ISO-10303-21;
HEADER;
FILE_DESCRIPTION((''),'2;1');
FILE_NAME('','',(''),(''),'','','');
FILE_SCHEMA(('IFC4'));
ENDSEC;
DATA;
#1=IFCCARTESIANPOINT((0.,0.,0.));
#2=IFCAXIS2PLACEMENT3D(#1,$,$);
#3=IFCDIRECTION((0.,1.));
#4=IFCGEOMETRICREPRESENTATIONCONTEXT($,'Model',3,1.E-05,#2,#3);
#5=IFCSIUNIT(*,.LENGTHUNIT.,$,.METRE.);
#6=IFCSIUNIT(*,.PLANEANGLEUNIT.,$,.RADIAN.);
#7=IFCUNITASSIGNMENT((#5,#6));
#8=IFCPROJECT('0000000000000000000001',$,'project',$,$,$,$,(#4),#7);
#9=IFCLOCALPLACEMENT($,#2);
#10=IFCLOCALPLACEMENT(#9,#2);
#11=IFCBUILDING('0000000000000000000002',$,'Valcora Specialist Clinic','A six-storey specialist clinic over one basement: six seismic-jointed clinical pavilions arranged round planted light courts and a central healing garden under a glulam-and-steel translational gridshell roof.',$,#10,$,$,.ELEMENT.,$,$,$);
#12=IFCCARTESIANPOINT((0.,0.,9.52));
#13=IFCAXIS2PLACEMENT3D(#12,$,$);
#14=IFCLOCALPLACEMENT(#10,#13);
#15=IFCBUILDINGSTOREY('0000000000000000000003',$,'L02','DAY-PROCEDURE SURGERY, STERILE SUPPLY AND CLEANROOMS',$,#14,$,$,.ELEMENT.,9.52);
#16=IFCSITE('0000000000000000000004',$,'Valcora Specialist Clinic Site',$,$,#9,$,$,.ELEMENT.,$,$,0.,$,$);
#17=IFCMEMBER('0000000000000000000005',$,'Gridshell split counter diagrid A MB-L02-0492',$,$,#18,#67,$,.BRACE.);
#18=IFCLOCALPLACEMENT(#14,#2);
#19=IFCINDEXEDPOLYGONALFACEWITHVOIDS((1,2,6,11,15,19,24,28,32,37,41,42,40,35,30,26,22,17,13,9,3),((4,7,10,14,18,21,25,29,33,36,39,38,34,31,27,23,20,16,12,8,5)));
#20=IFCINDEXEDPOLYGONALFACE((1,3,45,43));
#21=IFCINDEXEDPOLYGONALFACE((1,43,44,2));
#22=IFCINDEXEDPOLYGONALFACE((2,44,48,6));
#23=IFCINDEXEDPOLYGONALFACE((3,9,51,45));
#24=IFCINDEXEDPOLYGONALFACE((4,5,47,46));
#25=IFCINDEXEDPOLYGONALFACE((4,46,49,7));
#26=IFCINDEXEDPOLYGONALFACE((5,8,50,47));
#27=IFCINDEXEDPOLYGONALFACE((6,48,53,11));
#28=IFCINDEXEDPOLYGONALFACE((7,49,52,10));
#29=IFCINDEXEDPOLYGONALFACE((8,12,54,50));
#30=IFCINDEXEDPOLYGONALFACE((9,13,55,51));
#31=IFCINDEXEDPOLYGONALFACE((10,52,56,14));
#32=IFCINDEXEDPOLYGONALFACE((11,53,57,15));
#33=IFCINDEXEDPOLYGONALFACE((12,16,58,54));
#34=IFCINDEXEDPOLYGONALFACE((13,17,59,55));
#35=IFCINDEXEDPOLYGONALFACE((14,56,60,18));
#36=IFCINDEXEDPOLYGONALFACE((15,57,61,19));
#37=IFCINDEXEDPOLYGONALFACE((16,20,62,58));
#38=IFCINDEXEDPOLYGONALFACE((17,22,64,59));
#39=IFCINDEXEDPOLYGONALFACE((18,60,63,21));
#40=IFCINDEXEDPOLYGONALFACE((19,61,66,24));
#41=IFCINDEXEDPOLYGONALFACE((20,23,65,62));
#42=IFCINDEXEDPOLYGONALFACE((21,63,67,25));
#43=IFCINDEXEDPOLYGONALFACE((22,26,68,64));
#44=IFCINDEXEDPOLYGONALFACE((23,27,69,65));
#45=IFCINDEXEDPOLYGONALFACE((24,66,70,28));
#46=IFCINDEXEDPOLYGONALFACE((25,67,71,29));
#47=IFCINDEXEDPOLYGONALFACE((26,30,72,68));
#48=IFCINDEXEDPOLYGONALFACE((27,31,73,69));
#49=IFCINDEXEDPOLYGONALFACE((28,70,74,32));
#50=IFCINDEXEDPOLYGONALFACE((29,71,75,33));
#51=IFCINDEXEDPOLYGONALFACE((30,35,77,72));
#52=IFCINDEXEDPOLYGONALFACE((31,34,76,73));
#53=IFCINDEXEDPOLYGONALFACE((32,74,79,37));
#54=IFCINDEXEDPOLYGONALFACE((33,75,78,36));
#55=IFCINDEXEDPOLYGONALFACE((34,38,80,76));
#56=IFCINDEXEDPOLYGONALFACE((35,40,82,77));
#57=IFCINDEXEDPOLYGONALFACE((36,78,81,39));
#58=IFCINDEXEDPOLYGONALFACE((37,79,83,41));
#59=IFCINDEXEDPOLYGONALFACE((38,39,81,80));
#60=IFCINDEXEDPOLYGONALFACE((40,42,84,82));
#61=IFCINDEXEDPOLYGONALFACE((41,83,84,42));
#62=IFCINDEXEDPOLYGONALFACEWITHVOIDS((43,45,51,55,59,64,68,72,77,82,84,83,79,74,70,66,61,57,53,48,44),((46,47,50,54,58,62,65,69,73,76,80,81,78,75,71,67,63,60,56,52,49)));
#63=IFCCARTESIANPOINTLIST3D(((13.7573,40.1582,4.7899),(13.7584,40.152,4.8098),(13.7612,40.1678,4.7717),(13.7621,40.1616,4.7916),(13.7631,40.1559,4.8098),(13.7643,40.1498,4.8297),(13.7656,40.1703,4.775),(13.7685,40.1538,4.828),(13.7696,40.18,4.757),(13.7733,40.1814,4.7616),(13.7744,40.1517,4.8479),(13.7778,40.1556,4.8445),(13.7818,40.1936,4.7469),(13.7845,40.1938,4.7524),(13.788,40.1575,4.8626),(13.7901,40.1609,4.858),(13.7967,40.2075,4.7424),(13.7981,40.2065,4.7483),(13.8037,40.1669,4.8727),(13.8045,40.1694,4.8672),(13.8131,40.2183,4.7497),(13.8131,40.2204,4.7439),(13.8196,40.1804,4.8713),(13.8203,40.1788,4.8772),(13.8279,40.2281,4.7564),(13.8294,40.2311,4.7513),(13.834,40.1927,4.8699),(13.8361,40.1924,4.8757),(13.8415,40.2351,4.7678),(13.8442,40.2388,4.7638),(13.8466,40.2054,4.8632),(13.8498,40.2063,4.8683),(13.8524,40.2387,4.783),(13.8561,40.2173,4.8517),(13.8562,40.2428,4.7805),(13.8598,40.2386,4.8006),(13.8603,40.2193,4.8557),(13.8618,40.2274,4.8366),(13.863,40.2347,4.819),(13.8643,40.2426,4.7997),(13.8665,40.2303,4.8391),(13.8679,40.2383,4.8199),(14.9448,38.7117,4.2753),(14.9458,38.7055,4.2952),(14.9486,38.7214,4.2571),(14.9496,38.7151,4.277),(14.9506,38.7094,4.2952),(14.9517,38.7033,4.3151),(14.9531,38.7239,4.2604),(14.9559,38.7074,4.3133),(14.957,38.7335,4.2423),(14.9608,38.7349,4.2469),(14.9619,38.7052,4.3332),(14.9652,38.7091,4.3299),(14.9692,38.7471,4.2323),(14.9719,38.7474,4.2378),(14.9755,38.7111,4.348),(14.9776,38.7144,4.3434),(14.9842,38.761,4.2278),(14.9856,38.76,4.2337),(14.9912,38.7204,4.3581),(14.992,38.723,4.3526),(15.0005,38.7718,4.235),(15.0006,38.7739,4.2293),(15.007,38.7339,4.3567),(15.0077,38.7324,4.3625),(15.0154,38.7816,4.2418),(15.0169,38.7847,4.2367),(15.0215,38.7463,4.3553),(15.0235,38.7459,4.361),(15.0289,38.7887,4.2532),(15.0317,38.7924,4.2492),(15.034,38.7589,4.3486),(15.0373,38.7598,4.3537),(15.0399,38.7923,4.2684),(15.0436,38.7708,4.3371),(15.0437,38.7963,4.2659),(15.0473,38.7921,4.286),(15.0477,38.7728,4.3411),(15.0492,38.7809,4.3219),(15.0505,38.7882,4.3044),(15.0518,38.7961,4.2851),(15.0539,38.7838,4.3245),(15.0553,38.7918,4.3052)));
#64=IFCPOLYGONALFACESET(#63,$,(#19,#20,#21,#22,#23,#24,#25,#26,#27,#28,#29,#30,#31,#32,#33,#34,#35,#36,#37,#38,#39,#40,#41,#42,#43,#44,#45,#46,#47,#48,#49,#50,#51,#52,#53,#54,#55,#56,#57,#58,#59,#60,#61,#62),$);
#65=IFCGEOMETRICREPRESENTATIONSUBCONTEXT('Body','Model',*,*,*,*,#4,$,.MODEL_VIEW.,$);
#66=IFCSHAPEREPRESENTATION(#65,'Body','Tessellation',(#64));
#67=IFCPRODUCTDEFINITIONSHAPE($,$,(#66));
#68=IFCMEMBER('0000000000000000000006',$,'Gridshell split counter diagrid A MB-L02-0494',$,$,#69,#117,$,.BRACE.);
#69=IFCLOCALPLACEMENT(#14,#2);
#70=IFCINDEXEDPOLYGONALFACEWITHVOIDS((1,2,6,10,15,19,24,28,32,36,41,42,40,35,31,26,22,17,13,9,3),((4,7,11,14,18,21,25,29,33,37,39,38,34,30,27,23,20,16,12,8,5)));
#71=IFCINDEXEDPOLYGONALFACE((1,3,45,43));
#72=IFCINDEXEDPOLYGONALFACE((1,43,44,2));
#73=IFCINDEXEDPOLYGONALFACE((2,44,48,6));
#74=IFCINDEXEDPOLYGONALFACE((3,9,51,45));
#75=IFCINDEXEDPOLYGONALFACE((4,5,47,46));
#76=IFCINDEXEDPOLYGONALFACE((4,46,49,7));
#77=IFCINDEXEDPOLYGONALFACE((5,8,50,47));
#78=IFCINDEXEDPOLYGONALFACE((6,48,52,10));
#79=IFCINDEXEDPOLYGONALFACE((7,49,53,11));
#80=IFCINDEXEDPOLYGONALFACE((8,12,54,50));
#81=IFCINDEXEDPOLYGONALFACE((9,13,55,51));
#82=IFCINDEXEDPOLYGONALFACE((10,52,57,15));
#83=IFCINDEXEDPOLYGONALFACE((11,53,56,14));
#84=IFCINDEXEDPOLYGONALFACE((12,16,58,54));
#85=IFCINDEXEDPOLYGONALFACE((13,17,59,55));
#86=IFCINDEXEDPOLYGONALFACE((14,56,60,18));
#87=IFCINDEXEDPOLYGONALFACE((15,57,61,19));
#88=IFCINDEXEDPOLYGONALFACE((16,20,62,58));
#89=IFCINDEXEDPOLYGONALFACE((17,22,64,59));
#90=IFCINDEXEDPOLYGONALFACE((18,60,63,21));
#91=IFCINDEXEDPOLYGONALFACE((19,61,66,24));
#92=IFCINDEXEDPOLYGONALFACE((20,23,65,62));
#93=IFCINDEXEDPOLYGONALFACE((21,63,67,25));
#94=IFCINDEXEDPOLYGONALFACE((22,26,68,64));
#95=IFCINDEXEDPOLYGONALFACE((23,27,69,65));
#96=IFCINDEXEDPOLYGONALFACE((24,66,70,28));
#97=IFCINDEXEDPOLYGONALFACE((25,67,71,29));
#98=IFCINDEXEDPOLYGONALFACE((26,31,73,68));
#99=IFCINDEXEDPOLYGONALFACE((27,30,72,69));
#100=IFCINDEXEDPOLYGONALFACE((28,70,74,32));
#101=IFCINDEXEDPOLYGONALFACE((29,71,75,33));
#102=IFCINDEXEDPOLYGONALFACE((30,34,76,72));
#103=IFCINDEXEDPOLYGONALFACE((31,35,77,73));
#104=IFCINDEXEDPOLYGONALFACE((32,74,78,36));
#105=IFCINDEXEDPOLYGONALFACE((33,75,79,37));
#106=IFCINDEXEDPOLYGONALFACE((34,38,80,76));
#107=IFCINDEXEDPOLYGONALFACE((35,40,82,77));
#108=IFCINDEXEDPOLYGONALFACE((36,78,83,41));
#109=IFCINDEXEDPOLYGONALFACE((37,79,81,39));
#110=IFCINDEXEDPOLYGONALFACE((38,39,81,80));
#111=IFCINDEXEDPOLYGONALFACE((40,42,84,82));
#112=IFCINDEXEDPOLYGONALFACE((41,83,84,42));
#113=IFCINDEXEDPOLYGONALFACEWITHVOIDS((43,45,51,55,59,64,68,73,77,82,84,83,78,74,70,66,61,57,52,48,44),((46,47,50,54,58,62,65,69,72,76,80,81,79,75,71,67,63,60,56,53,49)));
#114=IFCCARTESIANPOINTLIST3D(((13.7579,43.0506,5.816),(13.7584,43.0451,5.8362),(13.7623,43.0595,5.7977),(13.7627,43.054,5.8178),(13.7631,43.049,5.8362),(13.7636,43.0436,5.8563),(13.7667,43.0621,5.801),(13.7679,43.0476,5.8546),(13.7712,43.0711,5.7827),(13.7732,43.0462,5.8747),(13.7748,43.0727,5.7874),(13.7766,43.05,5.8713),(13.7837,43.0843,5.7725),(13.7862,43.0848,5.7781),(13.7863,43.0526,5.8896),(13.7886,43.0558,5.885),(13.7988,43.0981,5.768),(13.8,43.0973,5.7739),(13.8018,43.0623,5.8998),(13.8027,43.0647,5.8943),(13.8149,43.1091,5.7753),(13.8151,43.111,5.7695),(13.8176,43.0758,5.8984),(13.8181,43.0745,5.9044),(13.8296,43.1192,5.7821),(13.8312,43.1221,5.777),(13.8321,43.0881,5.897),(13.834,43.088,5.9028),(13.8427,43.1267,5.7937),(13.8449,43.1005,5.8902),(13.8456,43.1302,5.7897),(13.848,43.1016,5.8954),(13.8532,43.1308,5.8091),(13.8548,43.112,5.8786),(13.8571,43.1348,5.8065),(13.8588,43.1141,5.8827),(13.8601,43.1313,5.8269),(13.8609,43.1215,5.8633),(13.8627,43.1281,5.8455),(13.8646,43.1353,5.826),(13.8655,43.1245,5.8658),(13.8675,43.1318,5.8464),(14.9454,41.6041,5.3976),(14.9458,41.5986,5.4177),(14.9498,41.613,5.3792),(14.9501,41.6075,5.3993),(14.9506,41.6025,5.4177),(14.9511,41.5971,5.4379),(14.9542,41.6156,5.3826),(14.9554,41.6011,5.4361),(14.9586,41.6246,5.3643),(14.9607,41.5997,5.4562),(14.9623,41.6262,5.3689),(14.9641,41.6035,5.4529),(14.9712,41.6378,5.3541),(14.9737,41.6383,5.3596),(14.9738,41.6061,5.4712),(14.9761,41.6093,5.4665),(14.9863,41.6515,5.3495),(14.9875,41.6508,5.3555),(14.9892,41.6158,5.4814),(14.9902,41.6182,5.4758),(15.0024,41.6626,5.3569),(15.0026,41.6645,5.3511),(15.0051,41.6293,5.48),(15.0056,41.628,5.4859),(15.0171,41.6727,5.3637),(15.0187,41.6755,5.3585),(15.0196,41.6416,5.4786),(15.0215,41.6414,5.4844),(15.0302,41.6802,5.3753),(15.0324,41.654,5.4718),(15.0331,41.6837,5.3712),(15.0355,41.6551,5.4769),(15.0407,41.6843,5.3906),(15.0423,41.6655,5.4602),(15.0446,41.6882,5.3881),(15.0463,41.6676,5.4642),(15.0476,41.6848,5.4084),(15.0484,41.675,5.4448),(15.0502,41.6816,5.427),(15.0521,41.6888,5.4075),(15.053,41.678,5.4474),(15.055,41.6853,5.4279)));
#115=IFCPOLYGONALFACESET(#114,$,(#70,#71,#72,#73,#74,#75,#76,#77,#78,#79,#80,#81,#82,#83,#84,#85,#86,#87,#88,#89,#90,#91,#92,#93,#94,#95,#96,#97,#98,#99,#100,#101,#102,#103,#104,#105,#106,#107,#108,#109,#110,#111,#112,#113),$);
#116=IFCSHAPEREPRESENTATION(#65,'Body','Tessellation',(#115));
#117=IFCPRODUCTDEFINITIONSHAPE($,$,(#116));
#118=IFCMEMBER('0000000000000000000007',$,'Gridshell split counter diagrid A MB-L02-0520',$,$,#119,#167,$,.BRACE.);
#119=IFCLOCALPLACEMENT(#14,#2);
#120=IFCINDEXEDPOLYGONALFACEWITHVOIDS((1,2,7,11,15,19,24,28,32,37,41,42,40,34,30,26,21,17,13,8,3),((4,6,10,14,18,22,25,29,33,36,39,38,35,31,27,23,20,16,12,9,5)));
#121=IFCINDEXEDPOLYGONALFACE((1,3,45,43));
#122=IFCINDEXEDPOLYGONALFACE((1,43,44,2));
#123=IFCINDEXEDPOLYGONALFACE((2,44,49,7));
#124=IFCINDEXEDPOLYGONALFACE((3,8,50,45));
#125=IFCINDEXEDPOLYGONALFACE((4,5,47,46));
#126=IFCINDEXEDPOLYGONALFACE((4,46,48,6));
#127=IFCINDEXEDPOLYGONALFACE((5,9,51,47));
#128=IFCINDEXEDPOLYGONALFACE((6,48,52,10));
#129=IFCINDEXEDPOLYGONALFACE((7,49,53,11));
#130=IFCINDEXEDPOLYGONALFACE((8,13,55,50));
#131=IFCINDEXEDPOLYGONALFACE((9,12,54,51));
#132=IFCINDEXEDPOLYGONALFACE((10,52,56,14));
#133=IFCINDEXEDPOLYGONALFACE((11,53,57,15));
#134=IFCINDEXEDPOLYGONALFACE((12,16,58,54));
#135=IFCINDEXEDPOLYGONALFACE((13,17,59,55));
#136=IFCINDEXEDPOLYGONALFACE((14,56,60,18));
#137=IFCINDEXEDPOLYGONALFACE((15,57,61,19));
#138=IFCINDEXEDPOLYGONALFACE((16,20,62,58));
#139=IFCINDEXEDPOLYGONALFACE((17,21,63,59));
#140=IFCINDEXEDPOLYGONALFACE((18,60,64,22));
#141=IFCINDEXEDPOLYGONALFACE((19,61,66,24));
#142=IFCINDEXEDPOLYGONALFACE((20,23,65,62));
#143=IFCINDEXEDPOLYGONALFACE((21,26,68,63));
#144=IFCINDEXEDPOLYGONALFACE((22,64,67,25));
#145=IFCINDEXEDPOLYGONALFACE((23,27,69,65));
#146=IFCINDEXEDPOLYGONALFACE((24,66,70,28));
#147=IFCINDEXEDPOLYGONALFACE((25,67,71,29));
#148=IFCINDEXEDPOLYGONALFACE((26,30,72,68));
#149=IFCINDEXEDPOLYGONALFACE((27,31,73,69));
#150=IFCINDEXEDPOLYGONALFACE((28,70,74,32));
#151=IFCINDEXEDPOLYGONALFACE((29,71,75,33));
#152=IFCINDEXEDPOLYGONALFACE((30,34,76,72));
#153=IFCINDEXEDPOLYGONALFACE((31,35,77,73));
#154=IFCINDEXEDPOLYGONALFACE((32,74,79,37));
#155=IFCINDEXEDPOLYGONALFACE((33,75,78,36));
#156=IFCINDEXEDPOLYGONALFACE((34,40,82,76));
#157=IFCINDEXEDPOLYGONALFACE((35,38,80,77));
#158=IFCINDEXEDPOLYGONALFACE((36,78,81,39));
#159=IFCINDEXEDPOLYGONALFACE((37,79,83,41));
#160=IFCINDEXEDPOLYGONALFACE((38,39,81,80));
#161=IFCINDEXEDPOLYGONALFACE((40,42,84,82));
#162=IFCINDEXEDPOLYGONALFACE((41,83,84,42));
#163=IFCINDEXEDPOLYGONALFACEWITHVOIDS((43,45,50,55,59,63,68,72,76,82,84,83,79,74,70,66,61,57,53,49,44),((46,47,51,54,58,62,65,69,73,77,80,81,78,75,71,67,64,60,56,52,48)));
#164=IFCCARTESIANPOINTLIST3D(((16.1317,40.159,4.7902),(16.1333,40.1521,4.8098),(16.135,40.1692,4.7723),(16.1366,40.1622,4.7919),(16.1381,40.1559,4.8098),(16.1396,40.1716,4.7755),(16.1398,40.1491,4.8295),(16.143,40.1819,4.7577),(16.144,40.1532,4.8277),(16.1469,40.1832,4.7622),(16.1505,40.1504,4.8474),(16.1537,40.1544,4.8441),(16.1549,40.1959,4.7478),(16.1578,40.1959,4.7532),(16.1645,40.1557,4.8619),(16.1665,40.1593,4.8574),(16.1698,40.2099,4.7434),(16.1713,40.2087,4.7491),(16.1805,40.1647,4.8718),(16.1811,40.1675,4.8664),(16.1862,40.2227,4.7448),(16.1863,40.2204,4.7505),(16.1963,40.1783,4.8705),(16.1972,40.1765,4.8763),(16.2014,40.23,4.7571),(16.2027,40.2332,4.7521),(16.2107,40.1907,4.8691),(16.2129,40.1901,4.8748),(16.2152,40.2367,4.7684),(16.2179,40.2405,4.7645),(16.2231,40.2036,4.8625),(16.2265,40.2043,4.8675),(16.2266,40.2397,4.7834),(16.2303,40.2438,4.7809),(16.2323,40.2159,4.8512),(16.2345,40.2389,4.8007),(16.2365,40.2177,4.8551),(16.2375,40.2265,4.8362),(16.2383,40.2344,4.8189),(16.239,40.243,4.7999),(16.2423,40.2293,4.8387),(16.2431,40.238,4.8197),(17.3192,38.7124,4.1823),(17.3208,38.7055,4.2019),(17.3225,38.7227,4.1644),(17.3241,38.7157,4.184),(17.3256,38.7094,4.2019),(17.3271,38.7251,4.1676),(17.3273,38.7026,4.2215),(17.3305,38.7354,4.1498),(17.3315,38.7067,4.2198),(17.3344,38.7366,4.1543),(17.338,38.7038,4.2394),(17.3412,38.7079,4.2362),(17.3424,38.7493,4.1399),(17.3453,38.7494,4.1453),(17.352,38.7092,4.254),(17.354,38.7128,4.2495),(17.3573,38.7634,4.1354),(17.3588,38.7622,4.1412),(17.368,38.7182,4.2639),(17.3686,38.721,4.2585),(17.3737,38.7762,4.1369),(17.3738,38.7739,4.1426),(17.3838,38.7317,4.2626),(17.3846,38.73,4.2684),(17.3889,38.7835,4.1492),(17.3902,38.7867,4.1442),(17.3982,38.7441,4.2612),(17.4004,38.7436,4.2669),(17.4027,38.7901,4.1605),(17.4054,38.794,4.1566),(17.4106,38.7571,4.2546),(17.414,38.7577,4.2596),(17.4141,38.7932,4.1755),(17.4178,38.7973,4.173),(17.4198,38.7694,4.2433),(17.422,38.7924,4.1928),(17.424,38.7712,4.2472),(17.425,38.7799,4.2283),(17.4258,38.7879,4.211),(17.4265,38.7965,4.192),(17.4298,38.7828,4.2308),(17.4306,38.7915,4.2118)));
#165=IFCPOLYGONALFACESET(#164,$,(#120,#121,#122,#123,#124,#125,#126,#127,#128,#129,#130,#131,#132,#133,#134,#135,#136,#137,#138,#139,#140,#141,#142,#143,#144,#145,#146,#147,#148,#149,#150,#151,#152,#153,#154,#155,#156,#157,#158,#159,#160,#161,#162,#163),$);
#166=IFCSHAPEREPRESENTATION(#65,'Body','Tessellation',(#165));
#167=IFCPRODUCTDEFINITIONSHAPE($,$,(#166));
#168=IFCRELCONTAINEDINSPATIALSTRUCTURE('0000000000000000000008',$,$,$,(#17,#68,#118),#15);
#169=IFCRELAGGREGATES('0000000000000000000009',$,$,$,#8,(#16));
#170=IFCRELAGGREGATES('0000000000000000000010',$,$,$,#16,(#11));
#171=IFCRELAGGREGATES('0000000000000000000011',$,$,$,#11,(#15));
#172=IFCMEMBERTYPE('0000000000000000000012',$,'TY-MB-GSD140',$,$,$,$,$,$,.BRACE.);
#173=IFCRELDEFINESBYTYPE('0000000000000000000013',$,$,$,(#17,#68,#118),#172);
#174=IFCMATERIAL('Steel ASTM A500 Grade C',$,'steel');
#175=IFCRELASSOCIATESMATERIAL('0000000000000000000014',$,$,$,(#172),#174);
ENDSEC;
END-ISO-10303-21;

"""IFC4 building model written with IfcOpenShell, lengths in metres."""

from ifc_helpers import new_model, si_unit, direction, frame, origin, origin_2d, place, context, subcontext, project, spatial, hollow_circle, extrude, material, material_profile, profile_set, type_object, element, save


model = new_model("IFC4")

# Units and contexts
model_context = context("Model", 3, precision=1e-05, world=origin(), true_north=direction((0.0, 1.0)))
body_context = subcontext(model_context, "Body", "Model", "MODEL_VIEW")
ifc_project = project(units=[si_unit("LENGTHUNIT", "METRE"), si_unit("PLANEANGLEUNIT", "RADIAN")], contexts=[model_context])

# Site, building, storey
site_placement = place(None, origin())
site = spatial("IfcSite", under=ifc_project, at=site_placement, Name="Valcora Specialist Clinic Site", CompositionType="ELEMENT", RefElevation=0.0)
building_placement = place(site_placement, origin())
building = spatial("IfcBuilding", under=site, at=building_placement, Name="Valcora Specialist Clinic", Description="A six-storey specialist clinic over one basement: six seismic-jointed clinical pavilions arranged round planted light courts and a central healing garden under a glulam-and-steel translational gridshell roof.", CompositionType="ELEMENT")
storey_placement = place(building_placement, frame((0.0, 0.0, 9.52)))
storey = spatial("IfcBuildingStorey", under=building, at=storey_placement, Name="L02", Description="DAY-PROCEDURE SURGERY, STERILE SUPPLY AND CLEANROOMS", CompositionType="ELEMENT", Elevation=9.52)

# Members
ifc_material_1 = material(Name="Steel ASTM A500 Grade C", Category="steel")
ifc_material_profile_1 = material_profile(ifc_material_1, hollow_circle(Radius=0.0701, WallThickness=0.0061, at=origin_2d()), Name="ST-CHS-140X6")
ifc_profile_set_1 = profile_set([ifc_material_profile_1], Name="Steel ASTM A500 Grade C")
member_type_1 = type_object("IfcMemberType", Name="TY-MB-GSD140", PredefinedType="BRACE", material=ifc_profile_set_1)
member_1_placement = place(storey_placement, frame((15.0, 38.75, 4.2952), z_axis=(-0.611798, 0.745252, 0.265146), x_axis=(-0.772916, -0.634508, 0.0)))
element("IfcMember", 1, at=member_1_placement, inside=storey, type_object=member_type_1, Name="Gridshell split counter diagrid A MB-L02-0492", PredefinedType="BRACE", context=body_context, shape_type="SweptSolid", body=[
    extrude(hollow_circle(Radius=0.0701, WallThickness=0.0061, at=origin_2d()), origin(), (0.0, 0.0, 1.0), 1.9409),
])
member_2_placement = place(storey_placement, frame((15.0, 41.6431, 5.4177), z_axis=(-0.619219, 0.754291, 0.218203), x_axis=(-0.772916, -0.634508, 0.0)))
element("IfcMember", 2, at=member_2_placement, inside=storey, type_object=member_type_1, Name="Gridshell split counter diagrid A MB-L02-0494", PredefinedType="BRACE", context=body_context, shape_type="SweptSolid", body=[
    extrude(hollow_circle(Radius=0.0701, WallThickness=0.0061, at=origin_2d()), origin(), (0.0, 0.0, 1.0), 1.9177),
])
member_3_placement = place(storey_placement, frame((17.375, 38.75, 4.2019), z_axis=(-0.603471, 0.735108, 0.308932), x_axis=(-0.772916, -0.634508, 0.0)))
element("IfcMember", 3, at=member_3_placement, inside=storey, type_object=member_type_1, Name="Gridshell split counter diagrid A MB-L02-0520", PredefinedType="BRACE", context=body_context, shape_type="SweptSolid", body=[
    extrude(hollow_circle(Radius=0.0701, WallThickness=0.0061, at=origin_2d()), origin(), (0.0, 0.0, 1.0), 1.9678),
])

save(model, "model.ifc")
